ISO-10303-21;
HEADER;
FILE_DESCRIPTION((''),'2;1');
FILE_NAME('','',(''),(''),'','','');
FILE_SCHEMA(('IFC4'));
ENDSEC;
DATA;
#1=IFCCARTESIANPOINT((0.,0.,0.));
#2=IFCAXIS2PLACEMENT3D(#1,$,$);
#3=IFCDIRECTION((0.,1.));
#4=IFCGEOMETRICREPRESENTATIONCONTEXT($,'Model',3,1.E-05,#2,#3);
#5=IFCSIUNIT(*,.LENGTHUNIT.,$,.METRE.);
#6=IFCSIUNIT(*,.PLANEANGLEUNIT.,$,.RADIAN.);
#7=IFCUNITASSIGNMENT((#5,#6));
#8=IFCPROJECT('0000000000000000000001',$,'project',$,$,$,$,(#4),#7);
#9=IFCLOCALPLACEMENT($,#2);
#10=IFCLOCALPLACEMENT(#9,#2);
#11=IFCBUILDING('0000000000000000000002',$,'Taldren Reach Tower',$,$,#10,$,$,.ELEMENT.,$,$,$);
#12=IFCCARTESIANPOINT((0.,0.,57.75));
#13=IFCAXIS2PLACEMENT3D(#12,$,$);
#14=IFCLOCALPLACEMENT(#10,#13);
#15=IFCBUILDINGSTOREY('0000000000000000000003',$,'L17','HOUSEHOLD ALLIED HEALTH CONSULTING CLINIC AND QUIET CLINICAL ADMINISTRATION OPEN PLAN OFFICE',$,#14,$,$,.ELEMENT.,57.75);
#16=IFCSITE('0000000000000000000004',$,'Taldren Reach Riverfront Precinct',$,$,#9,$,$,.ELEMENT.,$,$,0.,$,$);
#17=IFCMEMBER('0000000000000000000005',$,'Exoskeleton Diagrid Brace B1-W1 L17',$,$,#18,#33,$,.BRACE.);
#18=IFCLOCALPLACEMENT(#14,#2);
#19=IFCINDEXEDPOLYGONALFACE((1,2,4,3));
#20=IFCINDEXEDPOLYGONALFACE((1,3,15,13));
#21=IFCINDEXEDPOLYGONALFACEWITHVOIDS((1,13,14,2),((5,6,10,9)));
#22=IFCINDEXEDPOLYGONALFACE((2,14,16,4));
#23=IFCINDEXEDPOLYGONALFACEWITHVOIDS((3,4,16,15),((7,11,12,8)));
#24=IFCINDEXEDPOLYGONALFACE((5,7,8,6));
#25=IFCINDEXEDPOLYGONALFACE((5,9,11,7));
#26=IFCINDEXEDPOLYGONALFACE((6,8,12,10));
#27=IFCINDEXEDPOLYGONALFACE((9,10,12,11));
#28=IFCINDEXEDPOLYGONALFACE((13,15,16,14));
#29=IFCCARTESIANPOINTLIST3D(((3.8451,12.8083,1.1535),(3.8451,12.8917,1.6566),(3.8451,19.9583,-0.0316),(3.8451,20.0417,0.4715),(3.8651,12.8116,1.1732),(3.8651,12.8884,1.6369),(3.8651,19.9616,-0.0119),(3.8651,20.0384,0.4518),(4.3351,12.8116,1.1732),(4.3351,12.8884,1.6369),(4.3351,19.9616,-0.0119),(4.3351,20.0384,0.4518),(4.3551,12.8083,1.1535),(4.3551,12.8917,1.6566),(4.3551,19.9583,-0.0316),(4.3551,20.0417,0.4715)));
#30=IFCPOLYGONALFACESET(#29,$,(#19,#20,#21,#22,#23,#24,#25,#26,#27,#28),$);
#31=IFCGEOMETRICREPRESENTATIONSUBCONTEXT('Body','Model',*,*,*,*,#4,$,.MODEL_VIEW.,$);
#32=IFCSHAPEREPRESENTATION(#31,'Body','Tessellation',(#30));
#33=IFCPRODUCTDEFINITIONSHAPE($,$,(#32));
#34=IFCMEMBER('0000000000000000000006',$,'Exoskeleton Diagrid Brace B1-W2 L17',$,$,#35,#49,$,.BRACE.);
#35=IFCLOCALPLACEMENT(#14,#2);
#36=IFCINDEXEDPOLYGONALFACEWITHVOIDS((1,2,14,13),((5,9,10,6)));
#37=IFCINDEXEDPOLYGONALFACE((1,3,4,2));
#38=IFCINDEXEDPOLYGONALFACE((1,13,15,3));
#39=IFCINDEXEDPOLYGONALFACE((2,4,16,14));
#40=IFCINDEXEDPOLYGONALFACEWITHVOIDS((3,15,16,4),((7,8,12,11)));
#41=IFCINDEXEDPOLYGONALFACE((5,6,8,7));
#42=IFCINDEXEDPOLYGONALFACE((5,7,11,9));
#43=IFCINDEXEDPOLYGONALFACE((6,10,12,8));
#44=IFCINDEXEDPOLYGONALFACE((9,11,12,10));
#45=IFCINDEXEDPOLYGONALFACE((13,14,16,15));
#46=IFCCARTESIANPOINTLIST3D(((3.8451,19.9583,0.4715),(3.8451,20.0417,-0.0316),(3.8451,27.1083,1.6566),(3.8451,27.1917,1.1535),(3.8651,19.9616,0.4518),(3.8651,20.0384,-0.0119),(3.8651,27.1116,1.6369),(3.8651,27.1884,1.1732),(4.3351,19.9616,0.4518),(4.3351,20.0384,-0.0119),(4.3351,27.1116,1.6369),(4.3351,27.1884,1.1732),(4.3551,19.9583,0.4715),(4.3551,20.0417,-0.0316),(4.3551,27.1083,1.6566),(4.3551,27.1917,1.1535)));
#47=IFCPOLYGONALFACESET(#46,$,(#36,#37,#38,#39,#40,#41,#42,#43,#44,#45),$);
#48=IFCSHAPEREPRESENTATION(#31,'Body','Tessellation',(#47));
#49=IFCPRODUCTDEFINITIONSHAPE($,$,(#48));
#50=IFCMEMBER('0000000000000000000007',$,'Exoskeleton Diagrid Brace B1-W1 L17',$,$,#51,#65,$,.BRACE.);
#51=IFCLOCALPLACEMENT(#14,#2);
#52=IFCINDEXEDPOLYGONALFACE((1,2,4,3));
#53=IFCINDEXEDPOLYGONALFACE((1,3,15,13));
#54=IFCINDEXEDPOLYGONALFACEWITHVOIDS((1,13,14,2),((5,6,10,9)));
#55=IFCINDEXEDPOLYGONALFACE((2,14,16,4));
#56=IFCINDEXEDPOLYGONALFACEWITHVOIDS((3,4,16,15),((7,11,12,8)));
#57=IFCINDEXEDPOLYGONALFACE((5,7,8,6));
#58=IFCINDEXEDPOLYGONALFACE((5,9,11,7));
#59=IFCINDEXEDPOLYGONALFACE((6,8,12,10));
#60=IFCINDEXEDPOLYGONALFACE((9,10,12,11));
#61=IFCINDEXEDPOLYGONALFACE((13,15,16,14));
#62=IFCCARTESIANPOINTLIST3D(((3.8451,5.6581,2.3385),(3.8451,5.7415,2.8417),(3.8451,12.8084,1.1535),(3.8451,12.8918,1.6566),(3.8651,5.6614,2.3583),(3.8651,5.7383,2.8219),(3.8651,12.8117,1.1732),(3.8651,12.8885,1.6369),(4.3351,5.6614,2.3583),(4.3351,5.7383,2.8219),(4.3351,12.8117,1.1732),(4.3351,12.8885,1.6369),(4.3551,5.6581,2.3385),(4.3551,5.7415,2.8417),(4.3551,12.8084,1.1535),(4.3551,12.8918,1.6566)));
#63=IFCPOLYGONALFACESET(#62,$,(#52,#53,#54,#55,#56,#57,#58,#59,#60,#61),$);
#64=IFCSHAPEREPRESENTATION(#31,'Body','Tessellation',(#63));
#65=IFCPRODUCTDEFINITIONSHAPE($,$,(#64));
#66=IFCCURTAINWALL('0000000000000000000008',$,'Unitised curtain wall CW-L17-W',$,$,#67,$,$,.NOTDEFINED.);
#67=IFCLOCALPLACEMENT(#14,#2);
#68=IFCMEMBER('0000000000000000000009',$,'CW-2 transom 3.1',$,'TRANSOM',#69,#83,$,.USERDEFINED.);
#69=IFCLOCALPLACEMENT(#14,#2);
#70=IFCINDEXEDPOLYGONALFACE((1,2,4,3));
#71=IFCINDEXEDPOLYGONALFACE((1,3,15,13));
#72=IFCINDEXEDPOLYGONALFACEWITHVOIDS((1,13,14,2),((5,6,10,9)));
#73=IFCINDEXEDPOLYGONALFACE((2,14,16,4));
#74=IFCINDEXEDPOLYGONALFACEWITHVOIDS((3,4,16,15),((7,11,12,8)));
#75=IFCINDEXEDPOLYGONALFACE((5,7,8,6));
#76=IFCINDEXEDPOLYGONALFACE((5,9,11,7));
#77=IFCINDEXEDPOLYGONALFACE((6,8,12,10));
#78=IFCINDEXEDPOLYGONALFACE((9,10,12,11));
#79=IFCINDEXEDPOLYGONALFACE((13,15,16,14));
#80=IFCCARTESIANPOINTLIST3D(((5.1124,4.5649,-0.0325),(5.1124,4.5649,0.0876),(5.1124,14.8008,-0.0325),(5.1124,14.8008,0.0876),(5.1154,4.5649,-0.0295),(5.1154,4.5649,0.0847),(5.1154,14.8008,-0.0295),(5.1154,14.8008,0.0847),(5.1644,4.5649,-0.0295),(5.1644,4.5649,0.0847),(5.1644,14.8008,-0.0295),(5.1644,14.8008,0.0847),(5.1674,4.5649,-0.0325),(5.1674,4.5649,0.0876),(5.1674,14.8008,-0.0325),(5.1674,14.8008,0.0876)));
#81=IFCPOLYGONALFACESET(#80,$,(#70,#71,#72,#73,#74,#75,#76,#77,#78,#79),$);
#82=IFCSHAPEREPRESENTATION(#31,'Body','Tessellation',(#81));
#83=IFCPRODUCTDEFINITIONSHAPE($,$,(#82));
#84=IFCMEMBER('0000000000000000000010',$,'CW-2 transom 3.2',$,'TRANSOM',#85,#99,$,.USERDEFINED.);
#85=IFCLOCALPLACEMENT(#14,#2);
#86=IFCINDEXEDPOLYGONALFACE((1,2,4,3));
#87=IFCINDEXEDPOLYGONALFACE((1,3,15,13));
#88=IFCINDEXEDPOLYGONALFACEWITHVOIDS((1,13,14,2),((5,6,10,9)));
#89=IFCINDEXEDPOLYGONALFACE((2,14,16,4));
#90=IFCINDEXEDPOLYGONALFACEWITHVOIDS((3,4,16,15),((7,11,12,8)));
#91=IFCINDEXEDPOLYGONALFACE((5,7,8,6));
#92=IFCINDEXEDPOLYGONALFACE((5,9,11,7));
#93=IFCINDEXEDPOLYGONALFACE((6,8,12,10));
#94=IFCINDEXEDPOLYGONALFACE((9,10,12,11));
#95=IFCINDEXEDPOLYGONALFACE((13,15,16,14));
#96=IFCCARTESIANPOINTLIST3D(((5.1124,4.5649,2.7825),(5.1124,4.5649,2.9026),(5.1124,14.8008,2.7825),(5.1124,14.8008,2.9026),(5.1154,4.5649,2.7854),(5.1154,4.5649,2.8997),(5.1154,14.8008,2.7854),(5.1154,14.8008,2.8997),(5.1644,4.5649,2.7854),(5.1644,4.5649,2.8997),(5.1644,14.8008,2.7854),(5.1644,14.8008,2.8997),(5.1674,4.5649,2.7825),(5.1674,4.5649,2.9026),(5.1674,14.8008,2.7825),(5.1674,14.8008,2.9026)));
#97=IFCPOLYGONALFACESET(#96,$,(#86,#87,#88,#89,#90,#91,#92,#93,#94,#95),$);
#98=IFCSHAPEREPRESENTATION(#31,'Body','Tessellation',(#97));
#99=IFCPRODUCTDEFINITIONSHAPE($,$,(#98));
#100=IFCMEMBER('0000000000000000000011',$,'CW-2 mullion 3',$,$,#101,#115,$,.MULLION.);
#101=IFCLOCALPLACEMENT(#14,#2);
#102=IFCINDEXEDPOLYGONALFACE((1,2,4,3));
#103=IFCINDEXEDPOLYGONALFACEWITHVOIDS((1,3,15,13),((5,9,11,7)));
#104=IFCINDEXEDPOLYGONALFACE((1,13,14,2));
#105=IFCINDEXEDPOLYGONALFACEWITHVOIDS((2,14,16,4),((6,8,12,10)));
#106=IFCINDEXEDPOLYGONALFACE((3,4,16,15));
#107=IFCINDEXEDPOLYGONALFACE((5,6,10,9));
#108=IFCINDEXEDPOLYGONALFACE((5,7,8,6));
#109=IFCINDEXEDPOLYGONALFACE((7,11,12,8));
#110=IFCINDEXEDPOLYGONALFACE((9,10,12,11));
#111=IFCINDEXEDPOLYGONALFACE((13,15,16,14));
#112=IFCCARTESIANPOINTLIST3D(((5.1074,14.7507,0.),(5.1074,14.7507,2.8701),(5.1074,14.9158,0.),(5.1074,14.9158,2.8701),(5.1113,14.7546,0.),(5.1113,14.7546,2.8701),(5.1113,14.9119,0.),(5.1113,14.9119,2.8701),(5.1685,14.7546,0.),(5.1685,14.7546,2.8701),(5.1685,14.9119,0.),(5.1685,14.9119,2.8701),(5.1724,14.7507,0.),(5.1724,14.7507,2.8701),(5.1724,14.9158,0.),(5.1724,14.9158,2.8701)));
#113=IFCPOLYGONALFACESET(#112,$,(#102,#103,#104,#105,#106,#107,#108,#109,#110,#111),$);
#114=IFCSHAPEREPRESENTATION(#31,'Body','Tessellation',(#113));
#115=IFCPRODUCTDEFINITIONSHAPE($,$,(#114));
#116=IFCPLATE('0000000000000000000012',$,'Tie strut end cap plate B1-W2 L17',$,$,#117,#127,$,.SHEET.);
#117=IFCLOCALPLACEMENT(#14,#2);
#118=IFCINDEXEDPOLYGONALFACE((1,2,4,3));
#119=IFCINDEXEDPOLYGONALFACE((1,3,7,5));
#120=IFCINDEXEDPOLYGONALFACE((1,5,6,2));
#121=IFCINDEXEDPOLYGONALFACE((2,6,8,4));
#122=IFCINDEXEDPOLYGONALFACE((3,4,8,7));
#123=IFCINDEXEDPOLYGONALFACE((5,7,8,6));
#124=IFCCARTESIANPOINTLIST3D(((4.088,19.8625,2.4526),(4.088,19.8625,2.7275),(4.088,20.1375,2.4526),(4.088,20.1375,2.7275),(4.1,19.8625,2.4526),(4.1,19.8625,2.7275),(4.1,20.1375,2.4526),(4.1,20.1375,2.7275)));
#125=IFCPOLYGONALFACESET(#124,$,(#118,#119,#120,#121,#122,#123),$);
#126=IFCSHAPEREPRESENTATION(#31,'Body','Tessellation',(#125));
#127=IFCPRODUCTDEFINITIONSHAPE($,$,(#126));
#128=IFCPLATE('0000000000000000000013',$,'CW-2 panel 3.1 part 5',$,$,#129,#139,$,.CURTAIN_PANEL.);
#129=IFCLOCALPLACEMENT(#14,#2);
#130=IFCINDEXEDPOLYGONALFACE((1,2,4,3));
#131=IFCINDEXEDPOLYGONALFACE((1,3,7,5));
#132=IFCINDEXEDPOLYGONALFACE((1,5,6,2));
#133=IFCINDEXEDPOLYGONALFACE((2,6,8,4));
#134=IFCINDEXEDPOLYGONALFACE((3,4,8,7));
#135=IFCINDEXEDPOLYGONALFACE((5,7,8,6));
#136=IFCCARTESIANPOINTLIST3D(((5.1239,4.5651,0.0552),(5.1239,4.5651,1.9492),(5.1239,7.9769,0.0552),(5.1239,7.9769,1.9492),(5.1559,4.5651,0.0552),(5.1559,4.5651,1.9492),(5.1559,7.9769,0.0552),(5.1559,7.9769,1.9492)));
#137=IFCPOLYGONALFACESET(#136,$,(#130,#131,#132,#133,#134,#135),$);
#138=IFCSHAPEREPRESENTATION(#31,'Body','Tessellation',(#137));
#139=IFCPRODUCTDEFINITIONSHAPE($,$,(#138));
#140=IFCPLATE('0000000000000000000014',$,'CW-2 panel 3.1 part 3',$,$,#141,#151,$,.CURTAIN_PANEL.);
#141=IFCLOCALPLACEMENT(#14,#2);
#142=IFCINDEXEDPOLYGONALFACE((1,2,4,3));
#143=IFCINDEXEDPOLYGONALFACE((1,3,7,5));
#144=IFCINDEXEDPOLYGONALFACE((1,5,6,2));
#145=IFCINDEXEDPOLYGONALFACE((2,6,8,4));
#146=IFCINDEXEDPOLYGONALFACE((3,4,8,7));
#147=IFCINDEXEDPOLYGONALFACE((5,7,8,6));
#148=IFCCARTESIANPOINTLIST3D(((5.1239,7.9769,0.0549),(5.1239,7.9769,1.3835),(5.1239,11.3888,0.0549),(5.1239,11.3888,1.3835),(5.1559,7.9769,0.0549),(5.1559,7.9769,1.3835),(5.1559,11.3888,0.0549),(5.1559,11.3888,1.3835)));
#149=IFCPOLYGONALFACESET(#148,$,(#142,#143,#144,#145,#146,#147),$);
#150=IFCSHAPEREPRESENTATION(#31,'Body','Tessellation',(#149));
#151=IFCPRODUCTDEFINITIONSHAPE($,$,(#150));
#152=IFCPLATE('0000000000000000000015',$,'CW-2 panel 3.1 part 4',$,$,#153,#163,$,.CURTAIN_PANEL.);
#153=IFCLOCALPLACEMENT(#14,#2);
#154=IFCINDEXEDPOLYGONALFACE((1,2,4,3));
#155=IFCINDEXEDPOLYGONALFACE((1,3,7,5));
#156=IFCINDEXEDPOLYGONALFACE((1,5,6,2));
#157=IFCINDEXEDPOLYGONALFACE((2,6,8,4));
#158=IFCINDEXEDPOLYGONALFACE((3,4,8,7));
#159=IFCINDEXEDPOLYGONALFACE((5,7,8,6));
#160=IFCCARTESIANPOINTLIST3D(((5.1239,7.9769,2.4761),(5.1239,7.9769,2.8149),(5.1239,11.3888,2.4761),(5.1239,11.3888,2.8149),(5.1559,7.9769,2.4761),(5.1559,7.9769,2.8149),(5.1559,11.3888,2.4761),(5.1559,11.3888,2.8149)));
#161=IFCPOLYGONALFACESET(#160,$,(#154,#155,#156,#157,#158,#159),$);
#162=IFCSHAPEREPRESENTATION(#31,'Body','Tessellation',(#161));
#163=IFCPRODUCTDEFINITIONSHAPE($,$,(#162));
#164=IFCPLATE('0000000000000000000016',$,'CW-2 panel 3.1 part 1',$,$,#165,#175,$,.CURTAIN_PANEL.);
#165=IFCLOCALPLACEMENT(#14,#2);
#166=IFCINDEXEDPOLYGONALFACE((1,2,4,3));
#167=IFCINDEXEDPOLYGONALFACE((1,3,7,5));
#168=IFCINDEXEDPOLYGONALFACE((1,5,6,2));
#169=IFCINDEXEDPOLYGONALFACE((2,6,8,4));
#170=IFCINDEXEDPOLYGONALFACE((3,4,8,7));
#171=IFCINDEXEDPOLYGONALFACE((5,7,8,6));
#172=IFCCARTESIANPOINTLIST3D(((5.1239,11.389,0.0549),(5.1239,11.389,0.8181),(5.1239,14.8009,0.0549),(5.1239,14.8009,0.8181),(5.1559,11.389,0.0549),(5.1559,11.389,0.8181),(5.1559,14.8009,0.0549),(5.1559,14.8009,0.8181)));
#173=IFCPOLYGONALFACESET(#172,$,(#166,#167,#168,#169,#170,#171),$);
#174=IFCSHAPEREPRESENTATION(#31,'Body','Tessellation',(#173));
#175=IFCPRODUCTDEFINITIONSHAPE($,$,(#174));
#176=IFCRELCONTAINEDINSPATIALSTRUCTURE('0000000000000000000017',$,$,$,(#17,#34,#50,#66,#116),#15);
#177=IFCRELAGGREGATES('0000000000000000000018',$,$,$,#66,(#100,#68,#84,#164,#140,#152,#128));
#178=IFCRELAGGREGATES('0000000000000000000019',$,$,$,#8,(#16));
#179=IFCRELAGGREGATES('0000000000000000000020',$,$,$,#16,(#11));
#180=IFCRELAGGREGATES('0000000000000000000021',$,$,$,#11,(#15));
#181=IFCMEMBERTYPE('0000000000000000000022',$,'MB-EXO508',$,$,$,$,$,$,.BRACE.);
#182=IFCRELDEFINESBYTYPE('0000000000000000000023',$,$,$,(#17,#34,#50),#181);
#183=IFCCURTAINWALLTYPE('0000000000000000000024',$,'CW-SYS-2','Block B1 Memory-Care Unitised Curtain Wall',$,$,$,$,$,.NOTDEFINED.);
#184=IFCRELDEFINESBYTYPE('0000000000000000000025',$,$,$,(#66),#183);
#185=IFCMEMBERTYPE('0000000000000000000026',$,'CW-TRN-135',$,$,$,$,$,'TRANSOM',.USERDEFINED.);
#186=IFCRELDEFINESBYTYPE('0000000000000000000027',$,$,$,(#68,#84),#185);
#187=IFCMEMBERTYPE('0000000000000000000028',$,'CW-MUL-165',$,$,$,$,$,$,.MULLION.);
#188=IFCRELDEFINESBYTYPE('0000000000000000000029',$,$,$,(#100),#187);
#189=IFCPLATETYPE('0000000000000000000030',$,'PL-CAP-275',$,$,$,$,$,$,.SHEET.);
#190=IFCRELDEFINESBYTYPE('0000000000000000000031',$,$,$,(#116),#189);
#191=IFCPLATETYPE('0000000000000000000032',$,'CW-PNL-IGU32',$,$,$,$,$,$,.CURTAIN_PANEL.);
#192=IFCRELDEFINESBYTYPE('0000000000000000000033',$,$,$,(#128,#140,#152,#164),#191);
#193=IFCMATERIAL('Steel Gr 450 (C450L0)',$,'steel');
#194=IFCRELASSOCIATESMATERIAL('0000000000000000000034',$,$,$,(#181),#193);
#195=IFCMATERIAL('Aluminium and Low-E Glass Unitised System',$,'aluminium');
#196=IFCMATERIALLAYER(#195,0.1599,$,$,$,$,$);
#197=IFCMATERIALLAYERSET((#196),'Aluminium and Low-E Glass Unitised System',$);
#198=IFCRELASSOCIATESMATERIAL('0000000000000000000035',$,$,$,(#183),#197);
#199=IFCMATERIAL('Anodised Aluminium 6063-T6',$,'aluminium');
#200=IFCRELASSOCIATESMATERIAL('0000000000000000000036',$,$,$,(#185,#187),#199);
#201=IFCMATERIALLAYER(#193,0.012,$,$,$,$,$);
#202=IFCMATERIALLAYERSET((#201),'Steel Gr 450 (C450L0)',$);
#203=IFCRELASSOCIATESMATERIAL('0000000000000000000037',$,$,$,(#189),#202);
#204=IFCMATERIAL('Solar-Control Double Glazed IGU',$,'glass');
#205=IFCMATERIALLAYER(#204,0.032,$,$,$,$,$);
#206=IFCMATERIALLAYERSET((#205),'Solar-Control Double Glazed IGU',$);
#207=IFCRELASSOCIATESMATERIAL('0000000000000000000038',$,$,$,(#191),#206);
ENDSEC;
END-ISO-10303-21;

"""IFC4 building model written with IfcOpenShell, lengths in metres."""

from ifc_helpers import new_model, si_unit, direction, frame, origin, origin_2d, place, context, subcontext, project, spatial, rectangle, hollow_rectangle, extrude, source, transform, mapped, material, layer, layer_set, material_profile, profile_set, type_object, element, aggregate, save


model = new_model("IFC4")

# Units and contexts
model_context = context("Model", 3, precision=1e-05, world=origin(), true_north=direction((0.0, 1.0)))
body_context = subcontext(model_context, "Body", "Model", "MODEL_VIEW")
ifc_project = project(units=[si_unit("LENGTHUNIT", "METRE"), si_unit("PLANEANGLEUNIT", "RADIAN")], contexts=[model_context])

# Site, building, storey
site_placement = place(None, origin())
site = spatial("IfcSite", under=ifc_project, at=site_placement, Name="Taldren Reach Riverfront Precinct", CompositionType="ELEMENT", RefElevation=0.0)
building_placement = place(site_placement, origin())
building = spatial("IfcBuilding", under=site, at=building_placement, Name="Taldren Reach Tower", CompositionType="ELEMENT")
storey_placement = place(building_placement, frame((0.0, 0.0, 57.75)))
storey = spatial("IfcBuildingStorey", under=building, at=storey_placement, Name="L17", Description="HOUSEHOLD ALLIED HEALTH CONSULTING CLINIC AND QUIET CLINICAL ADMINISTRATION OPEN PLAN OFFICE", CompositionType="ELEMENT", Elevation=57.75)

# Members
ifc_material_1 = material(Name="Steel Gr 450 (C450L0)", Category="steel")
ifc_material_profile_1 = material_profile(ifc_material_1, hollow_rectangle(XDim=0.51, YDim=0.51, WallThickness=0.02, at=origin_2d()), Name="510x510x20.0SHS")
ifc_profile_set_1 = profile_set([ifc_material_profile_1], Name="Steel Gr 450 (C450L0)")
member_type_1 = type_object("IfcMemberType", Name="MB-EXO508", PredefinedType="BRACE", material=ifc_profile_set_1)
shared_shape_1 = source(origin(), body_context, "Body", "SweptSolid", [
    extrude(hollow_rectangle(XDim=0.51, YDim=0.51, WallThickness=0.02, at=origin_2d()), origin(), (0.0, 0.0, 1.0), 7.2476),
])
for number, where, z_axis, x_axis, name in (
    (1, (4.1001, 20.0, 0.22), (0.0, -0.986541, 0.163514), (1.0, 0.0, 0.0), "Exoskeleton Diagrid Brace B1-W1 L17"),
    (2, (4.1001, 20.0, 0.22), (0.0, 0.986541, 0.163514), (-1.0, 0.0, 0.0), "Exoskeleton Diagrid Brace B1-W2 L17"),
):
    element("IfcMember", number, at=place(storey_placement, frame(where, z_axis=z_axis, x_axis=x_axis)), inside=storey, type_object=member_type_1, Name=name, PredefinedType="BRACE", context=body_context, shape_type="MappedRepresentation", body=[
        mapped(shared_shape_1, transform((0.0, 0.0, 0.0), scale=1.0)),
    ])
shared_shape_2 = source(origin(), body_context, "Body", "SweptSolid", [
    extrude(hollow_rectangle(XDim=0.51, YDim=0.51, WallThickness=0.02, at=origin_2d()), origin(), (0.0, 0.0, 1.0), 7.2478),
])
member_1_placement = place(storey_placement, frame((4.1001, 12.8501, 1.405), z_axis=(0.0, -0.986542, 0.163509), x_axis=(1.0, 0.0, 0.0)))
element("IfcMember", 3, at=member_1_placement, inside=storey, type_object=member_type_1, Name="Exoskeleton Diagrid Brace B1-W1 L17", PredefinedType="BRACE", context=body_context, shape_type="MappedRepresentation", body=[
    mapped(shared_shape_2, transform((0.0, 0.0, 0.0), scale=1.0)),
])

# Curtain wall, members
ifc_material_2 = material(Name="Aluminium and Low-E Glass Unitised System", Category="aluminium")
ifc_layer_1 = layer(ifc_material_2, 0.1599)
ifc_layer_set_1 = layer_set([ifc_layer_1], Name="Aluminium and Low-E Glass Unitised System")
curtain_wall_type = type_object("IfcCurtainWallType", Name="CW-SYS-2", Description="Block B1 Memory-Care Unitised Curtain Wall", PredefinedType="NOTDEFINED", material=ifc_layer_set_1)
curtain_wall_placement = place(storey_placement, origin())
curtain_wall = element("IfcCurtainWall", 4, at=curtain_wall_placement, inside=storey, type_object=curtain_wall_type, Name="Unitised curtain wall CW-L17-W", PredefinedType="NOTDEFINED")
ifc_material_3 = material(Name="Anodised Aluminium 6063-T6", Category="aluminium")
ifc_material_profile_2 = material_profile(ifc_material_3, hollow_rectangle(XDim=0.0549, YDim=0.1201, WallThickness=0.0029, at=origin_2d()), Name="ALU-120x55x3RHS")
ifc_profile_set_2 = profile_set([ifc_material_profile_2], Name="Anodised Aluminium 6063-T6")
member_type_2 = type_object("IfcMemberType", Name="CW-TRN-135", ElementType="TRANSOM", PredefinedType="USERDEFINED", material=ifc_profile_set_2)
shared_shape_3 = source(origin(), body_context, "Body", "SweptSolid", [
    extrude(hollow_rectangle(XDim=0.0549, YDim=0.1201, WallThickness=0.0029, at=origin_2d()), origin(), (0.0, 0.0, 1.0), 10.2358),
])
member_2_placement = place(storey_placement, frame((5.1399, 14.8008, 0.0276), z_axis=(0.0, -1.0, 0.0), x_axis=(1.0, 0.0, 0.0)))
member_2 = element("IfcMember", 5, at=member_2_placement, type_object=member_type_2, Name="CW-2 transom 3.1", ObjectType="TRANSOM", PredefinedType="USERDEFINED", context=body_context, shape_type="MappedRepresentation", body=[
    mapped(shared_shape_3, transform((0.0, 0.0, 0.0), scale=1.0)),
])
member_3_placement = place(storey_placement, frame((5.1399, 14.8008, 2.8425), z_axis=(0.0, -1.0, 0.0), x_axis=(1.0, 0.0, 0.0)))
member_3 = element("IfcMember", 6, at=member_3_placement, type_object=member_type_2, Name="CW-2 transom 3.2", ObjectType="TRANSOM", PredefinedType="USERDEFINED", context=body_context, shape_type="MappedRepresentation", body=[
    mapped(shared_shape_3, transform((0.0, 0.0, 0.0), scale=1.0)),
])
ifc_material_profile_3 = material_profile(ifc_material_3, hollow_rectangle(XDim=0.0649, YDim=0.165, WallThickness=0.0039, at=origin_2d()), Name="ALU-165x65x4RHS")
ifc_profile_set_3 = profile_set([ifc_material_profile_3], Name="Anodised Aluminium 6063-T6")
member_type_3 = type_object("IfcMemberType", Name="CW-MUL-165", PredefinedType="MULLION", material=ifc_profile_set_3)
shared_shape_4 = source(origin(), body_context, "Body", "SweptSolid", [
    extrude(hollow_rectangle(XDim=0.0649, YDim=0.165, WallThickness=0.0039, at=origin_2d()), origin(), (0.0, 0.0, 1.0), 2.8701),
])
member_4_placement = place(storey_placement, frame((5.1399, 14.8333, 0.0), z_axis=(0.0, 0.0, 1.0), x_axis=(1.0, 0.0, 0.0)))
member_4 = element("IfcMember", 7, at=member_4_placement, type_object=member_type_3, Name="CW-2 mullion 3", PredefinedType="MULLION", context=body_context, shape_type="MappedRepresentation", body=[
    mapped(shared_shape_4, transform((0.0, 0.0, 0.0), scale=1.0)),
])

# Plates
ifc_layer_2 = layer(ifc_material_1, 0.012)
ifc_layer_set_2 = layer_set([ifc_layer_2], Name="Steel Gr 450 (C450L0)")
plate_type_1 = type_object("IfcPlateType", Name="PL-CAP-275", PredefinedType="SHEET", material=ifc_layer_set_2)
shared_shape_5 = source(origin(), body_context, "Body", "SweptSolid", [
    extrude(rectangle(XDim=0.012, YDim=0.2749, at=origin_2d()), origin(), (0.0, 0.0, 1.0), 0.2749),
])
plate_1_placement = place(storey_placement, frame((4.094, 20.0, 2.4526), z_axis=(0.0, 0.0, 1.0), x_axis=(1.0, 0.0, 0.0)))
element("IfcPlate", 8, at=plate_1_placement, inside=storey, type_object=plate_type_1, Name="Tie strut end cap plate B1-W2 L17", PredefinedType="SHEET", context=body_context, shape_type="MappedRepresentation", body=[
    mapped(shared_shape_5, transform((0.0, 0.0, 0.0), scale=1.0)),
])
ifc_material_4 = material(Name="Solar-Control Double Glazed IGU", Category="glass")
ifc_layer_3 = layer(ifc_material_4, 0.032)
ifc_layer_set_3 = layer_set([ifc_layer_3], Name="Solar-Control Double Glazed IGU")
plate_type_2 = type_object("IfcPlateType", Name="CW-PNL-IGU32", PredefinedType="CURTAIN_PANEL", material=ifc_layer_set_3)
shared_shape_6 = source(origin(), body_context, "Body", "SweptSolid", [
    extrude(rectangle(XDim=3.4119, YDim=0.032, at=origin_2d()), origin(), (0.0, 0.0, 1.0), 1.894),
])
plate_2_placement = place(storey_placement, frame((5.1399, 6.271, 0.0552), z_axis=(0.0, 0.0, 1.0), x_axis=(0.0, -1.0, 0.0)))
plate_2 = element("IfcPlate", 9, at=plate_2_placement, type_object=plate_type_2, Name="CW-2 panel 3.1 part 5", PredefinedType="CURTAIN_PANEL", context=body_context, shape_type="MappedRepresentation", body=[
    mapped(shared_shape_6, transform((0.0, 0.0, 0.0), scale=1.0)),
])
shared_shape_7 = source(origin(), body_context, "Body", "SweptSolid", [
    extrude(rectangle(XDim=3.4119, YDim=0.032, at=origin_2d()), origin(), (0.0, 0.0, 1.0), 1.3286),
])
plate_3_placement = place(storey_placement, frame((5.1399, 9.6829, 0.0549), z_axis=(0.0, 0.0, 1.0), x_axis=(0.0, -1.0, 0.0)))
plate_3 = element("IfcPlate", 10, at=plate_3_placement, type_object=plate_type_2, Name="CW-2 panel 3.1 part 3", PredefinedType="CURTAIN_PANEL", context=body_context, shape_type="MappedRepresentation", body=[
    mapped(shared_shape_7, transform((0.0, 0.0, 0.0), scale=1.0)),
])
shared_shape_8 = source(origin(), body_context, "Body", "SweptSolid", [
    extrude(rectangle(XDim=3.4119, YDim=0.032, at=origin_2d()), origin(), (0.0, 0.0, 1.0), 0.3389),
])
plate_4_placement = place(storey_placement, frame((5.1399, 9.6829, 2.4761), z_axis=(0.0, 0.0, 1.0), x_axis=(0.0, -1.0, 0.0)))
plate_4 = element("IfcPlate", 11, at=plate_4_placement, type_object=plate_type_2, Name="CW-2 panel 3.1 part 4", PredefinedType="CURTAIN_PANEL", context=body_context, shape_type="MappedRepresentation", body=[
    mapped(shared_shape_8, transform((0.0, 0.0, 0.0), scale=1.0)),
])
shared_shape_9 = source(origin(), body_context, "Body", "SweptSolid", [
    extrude(rectangle(XDim=3.4119, YDim=0.032, at=origin_2d()), origin(), (0.0, 0.0, 1.0), 0.7632),
])
plate_5_placement = place(storey_placement, frame((5.1399, 13.095, 0.0549), z_axis=(0.0, 0.0, 1.0), x_axis=(0.0, -1.0, 0.0)))
plate_5 = element("IfcPlate", 12, at=plate_5_placement, type_object=plate_type_2, Name="CW-2 panel 3.1 part 1", PredefinedType="CURTAIN_PANEL", context=body_context, shape_type="MappedRepresentation", body=[
    mapped(shared_shape_9, transform((0.0, 0.0, 0.0), scale=1.0)),
])
aggregate(curtain_wall, [member_4, member_2, member_3, plate_5, plate_3, plate_4, plate_2])

save(model, "model.ifc")
